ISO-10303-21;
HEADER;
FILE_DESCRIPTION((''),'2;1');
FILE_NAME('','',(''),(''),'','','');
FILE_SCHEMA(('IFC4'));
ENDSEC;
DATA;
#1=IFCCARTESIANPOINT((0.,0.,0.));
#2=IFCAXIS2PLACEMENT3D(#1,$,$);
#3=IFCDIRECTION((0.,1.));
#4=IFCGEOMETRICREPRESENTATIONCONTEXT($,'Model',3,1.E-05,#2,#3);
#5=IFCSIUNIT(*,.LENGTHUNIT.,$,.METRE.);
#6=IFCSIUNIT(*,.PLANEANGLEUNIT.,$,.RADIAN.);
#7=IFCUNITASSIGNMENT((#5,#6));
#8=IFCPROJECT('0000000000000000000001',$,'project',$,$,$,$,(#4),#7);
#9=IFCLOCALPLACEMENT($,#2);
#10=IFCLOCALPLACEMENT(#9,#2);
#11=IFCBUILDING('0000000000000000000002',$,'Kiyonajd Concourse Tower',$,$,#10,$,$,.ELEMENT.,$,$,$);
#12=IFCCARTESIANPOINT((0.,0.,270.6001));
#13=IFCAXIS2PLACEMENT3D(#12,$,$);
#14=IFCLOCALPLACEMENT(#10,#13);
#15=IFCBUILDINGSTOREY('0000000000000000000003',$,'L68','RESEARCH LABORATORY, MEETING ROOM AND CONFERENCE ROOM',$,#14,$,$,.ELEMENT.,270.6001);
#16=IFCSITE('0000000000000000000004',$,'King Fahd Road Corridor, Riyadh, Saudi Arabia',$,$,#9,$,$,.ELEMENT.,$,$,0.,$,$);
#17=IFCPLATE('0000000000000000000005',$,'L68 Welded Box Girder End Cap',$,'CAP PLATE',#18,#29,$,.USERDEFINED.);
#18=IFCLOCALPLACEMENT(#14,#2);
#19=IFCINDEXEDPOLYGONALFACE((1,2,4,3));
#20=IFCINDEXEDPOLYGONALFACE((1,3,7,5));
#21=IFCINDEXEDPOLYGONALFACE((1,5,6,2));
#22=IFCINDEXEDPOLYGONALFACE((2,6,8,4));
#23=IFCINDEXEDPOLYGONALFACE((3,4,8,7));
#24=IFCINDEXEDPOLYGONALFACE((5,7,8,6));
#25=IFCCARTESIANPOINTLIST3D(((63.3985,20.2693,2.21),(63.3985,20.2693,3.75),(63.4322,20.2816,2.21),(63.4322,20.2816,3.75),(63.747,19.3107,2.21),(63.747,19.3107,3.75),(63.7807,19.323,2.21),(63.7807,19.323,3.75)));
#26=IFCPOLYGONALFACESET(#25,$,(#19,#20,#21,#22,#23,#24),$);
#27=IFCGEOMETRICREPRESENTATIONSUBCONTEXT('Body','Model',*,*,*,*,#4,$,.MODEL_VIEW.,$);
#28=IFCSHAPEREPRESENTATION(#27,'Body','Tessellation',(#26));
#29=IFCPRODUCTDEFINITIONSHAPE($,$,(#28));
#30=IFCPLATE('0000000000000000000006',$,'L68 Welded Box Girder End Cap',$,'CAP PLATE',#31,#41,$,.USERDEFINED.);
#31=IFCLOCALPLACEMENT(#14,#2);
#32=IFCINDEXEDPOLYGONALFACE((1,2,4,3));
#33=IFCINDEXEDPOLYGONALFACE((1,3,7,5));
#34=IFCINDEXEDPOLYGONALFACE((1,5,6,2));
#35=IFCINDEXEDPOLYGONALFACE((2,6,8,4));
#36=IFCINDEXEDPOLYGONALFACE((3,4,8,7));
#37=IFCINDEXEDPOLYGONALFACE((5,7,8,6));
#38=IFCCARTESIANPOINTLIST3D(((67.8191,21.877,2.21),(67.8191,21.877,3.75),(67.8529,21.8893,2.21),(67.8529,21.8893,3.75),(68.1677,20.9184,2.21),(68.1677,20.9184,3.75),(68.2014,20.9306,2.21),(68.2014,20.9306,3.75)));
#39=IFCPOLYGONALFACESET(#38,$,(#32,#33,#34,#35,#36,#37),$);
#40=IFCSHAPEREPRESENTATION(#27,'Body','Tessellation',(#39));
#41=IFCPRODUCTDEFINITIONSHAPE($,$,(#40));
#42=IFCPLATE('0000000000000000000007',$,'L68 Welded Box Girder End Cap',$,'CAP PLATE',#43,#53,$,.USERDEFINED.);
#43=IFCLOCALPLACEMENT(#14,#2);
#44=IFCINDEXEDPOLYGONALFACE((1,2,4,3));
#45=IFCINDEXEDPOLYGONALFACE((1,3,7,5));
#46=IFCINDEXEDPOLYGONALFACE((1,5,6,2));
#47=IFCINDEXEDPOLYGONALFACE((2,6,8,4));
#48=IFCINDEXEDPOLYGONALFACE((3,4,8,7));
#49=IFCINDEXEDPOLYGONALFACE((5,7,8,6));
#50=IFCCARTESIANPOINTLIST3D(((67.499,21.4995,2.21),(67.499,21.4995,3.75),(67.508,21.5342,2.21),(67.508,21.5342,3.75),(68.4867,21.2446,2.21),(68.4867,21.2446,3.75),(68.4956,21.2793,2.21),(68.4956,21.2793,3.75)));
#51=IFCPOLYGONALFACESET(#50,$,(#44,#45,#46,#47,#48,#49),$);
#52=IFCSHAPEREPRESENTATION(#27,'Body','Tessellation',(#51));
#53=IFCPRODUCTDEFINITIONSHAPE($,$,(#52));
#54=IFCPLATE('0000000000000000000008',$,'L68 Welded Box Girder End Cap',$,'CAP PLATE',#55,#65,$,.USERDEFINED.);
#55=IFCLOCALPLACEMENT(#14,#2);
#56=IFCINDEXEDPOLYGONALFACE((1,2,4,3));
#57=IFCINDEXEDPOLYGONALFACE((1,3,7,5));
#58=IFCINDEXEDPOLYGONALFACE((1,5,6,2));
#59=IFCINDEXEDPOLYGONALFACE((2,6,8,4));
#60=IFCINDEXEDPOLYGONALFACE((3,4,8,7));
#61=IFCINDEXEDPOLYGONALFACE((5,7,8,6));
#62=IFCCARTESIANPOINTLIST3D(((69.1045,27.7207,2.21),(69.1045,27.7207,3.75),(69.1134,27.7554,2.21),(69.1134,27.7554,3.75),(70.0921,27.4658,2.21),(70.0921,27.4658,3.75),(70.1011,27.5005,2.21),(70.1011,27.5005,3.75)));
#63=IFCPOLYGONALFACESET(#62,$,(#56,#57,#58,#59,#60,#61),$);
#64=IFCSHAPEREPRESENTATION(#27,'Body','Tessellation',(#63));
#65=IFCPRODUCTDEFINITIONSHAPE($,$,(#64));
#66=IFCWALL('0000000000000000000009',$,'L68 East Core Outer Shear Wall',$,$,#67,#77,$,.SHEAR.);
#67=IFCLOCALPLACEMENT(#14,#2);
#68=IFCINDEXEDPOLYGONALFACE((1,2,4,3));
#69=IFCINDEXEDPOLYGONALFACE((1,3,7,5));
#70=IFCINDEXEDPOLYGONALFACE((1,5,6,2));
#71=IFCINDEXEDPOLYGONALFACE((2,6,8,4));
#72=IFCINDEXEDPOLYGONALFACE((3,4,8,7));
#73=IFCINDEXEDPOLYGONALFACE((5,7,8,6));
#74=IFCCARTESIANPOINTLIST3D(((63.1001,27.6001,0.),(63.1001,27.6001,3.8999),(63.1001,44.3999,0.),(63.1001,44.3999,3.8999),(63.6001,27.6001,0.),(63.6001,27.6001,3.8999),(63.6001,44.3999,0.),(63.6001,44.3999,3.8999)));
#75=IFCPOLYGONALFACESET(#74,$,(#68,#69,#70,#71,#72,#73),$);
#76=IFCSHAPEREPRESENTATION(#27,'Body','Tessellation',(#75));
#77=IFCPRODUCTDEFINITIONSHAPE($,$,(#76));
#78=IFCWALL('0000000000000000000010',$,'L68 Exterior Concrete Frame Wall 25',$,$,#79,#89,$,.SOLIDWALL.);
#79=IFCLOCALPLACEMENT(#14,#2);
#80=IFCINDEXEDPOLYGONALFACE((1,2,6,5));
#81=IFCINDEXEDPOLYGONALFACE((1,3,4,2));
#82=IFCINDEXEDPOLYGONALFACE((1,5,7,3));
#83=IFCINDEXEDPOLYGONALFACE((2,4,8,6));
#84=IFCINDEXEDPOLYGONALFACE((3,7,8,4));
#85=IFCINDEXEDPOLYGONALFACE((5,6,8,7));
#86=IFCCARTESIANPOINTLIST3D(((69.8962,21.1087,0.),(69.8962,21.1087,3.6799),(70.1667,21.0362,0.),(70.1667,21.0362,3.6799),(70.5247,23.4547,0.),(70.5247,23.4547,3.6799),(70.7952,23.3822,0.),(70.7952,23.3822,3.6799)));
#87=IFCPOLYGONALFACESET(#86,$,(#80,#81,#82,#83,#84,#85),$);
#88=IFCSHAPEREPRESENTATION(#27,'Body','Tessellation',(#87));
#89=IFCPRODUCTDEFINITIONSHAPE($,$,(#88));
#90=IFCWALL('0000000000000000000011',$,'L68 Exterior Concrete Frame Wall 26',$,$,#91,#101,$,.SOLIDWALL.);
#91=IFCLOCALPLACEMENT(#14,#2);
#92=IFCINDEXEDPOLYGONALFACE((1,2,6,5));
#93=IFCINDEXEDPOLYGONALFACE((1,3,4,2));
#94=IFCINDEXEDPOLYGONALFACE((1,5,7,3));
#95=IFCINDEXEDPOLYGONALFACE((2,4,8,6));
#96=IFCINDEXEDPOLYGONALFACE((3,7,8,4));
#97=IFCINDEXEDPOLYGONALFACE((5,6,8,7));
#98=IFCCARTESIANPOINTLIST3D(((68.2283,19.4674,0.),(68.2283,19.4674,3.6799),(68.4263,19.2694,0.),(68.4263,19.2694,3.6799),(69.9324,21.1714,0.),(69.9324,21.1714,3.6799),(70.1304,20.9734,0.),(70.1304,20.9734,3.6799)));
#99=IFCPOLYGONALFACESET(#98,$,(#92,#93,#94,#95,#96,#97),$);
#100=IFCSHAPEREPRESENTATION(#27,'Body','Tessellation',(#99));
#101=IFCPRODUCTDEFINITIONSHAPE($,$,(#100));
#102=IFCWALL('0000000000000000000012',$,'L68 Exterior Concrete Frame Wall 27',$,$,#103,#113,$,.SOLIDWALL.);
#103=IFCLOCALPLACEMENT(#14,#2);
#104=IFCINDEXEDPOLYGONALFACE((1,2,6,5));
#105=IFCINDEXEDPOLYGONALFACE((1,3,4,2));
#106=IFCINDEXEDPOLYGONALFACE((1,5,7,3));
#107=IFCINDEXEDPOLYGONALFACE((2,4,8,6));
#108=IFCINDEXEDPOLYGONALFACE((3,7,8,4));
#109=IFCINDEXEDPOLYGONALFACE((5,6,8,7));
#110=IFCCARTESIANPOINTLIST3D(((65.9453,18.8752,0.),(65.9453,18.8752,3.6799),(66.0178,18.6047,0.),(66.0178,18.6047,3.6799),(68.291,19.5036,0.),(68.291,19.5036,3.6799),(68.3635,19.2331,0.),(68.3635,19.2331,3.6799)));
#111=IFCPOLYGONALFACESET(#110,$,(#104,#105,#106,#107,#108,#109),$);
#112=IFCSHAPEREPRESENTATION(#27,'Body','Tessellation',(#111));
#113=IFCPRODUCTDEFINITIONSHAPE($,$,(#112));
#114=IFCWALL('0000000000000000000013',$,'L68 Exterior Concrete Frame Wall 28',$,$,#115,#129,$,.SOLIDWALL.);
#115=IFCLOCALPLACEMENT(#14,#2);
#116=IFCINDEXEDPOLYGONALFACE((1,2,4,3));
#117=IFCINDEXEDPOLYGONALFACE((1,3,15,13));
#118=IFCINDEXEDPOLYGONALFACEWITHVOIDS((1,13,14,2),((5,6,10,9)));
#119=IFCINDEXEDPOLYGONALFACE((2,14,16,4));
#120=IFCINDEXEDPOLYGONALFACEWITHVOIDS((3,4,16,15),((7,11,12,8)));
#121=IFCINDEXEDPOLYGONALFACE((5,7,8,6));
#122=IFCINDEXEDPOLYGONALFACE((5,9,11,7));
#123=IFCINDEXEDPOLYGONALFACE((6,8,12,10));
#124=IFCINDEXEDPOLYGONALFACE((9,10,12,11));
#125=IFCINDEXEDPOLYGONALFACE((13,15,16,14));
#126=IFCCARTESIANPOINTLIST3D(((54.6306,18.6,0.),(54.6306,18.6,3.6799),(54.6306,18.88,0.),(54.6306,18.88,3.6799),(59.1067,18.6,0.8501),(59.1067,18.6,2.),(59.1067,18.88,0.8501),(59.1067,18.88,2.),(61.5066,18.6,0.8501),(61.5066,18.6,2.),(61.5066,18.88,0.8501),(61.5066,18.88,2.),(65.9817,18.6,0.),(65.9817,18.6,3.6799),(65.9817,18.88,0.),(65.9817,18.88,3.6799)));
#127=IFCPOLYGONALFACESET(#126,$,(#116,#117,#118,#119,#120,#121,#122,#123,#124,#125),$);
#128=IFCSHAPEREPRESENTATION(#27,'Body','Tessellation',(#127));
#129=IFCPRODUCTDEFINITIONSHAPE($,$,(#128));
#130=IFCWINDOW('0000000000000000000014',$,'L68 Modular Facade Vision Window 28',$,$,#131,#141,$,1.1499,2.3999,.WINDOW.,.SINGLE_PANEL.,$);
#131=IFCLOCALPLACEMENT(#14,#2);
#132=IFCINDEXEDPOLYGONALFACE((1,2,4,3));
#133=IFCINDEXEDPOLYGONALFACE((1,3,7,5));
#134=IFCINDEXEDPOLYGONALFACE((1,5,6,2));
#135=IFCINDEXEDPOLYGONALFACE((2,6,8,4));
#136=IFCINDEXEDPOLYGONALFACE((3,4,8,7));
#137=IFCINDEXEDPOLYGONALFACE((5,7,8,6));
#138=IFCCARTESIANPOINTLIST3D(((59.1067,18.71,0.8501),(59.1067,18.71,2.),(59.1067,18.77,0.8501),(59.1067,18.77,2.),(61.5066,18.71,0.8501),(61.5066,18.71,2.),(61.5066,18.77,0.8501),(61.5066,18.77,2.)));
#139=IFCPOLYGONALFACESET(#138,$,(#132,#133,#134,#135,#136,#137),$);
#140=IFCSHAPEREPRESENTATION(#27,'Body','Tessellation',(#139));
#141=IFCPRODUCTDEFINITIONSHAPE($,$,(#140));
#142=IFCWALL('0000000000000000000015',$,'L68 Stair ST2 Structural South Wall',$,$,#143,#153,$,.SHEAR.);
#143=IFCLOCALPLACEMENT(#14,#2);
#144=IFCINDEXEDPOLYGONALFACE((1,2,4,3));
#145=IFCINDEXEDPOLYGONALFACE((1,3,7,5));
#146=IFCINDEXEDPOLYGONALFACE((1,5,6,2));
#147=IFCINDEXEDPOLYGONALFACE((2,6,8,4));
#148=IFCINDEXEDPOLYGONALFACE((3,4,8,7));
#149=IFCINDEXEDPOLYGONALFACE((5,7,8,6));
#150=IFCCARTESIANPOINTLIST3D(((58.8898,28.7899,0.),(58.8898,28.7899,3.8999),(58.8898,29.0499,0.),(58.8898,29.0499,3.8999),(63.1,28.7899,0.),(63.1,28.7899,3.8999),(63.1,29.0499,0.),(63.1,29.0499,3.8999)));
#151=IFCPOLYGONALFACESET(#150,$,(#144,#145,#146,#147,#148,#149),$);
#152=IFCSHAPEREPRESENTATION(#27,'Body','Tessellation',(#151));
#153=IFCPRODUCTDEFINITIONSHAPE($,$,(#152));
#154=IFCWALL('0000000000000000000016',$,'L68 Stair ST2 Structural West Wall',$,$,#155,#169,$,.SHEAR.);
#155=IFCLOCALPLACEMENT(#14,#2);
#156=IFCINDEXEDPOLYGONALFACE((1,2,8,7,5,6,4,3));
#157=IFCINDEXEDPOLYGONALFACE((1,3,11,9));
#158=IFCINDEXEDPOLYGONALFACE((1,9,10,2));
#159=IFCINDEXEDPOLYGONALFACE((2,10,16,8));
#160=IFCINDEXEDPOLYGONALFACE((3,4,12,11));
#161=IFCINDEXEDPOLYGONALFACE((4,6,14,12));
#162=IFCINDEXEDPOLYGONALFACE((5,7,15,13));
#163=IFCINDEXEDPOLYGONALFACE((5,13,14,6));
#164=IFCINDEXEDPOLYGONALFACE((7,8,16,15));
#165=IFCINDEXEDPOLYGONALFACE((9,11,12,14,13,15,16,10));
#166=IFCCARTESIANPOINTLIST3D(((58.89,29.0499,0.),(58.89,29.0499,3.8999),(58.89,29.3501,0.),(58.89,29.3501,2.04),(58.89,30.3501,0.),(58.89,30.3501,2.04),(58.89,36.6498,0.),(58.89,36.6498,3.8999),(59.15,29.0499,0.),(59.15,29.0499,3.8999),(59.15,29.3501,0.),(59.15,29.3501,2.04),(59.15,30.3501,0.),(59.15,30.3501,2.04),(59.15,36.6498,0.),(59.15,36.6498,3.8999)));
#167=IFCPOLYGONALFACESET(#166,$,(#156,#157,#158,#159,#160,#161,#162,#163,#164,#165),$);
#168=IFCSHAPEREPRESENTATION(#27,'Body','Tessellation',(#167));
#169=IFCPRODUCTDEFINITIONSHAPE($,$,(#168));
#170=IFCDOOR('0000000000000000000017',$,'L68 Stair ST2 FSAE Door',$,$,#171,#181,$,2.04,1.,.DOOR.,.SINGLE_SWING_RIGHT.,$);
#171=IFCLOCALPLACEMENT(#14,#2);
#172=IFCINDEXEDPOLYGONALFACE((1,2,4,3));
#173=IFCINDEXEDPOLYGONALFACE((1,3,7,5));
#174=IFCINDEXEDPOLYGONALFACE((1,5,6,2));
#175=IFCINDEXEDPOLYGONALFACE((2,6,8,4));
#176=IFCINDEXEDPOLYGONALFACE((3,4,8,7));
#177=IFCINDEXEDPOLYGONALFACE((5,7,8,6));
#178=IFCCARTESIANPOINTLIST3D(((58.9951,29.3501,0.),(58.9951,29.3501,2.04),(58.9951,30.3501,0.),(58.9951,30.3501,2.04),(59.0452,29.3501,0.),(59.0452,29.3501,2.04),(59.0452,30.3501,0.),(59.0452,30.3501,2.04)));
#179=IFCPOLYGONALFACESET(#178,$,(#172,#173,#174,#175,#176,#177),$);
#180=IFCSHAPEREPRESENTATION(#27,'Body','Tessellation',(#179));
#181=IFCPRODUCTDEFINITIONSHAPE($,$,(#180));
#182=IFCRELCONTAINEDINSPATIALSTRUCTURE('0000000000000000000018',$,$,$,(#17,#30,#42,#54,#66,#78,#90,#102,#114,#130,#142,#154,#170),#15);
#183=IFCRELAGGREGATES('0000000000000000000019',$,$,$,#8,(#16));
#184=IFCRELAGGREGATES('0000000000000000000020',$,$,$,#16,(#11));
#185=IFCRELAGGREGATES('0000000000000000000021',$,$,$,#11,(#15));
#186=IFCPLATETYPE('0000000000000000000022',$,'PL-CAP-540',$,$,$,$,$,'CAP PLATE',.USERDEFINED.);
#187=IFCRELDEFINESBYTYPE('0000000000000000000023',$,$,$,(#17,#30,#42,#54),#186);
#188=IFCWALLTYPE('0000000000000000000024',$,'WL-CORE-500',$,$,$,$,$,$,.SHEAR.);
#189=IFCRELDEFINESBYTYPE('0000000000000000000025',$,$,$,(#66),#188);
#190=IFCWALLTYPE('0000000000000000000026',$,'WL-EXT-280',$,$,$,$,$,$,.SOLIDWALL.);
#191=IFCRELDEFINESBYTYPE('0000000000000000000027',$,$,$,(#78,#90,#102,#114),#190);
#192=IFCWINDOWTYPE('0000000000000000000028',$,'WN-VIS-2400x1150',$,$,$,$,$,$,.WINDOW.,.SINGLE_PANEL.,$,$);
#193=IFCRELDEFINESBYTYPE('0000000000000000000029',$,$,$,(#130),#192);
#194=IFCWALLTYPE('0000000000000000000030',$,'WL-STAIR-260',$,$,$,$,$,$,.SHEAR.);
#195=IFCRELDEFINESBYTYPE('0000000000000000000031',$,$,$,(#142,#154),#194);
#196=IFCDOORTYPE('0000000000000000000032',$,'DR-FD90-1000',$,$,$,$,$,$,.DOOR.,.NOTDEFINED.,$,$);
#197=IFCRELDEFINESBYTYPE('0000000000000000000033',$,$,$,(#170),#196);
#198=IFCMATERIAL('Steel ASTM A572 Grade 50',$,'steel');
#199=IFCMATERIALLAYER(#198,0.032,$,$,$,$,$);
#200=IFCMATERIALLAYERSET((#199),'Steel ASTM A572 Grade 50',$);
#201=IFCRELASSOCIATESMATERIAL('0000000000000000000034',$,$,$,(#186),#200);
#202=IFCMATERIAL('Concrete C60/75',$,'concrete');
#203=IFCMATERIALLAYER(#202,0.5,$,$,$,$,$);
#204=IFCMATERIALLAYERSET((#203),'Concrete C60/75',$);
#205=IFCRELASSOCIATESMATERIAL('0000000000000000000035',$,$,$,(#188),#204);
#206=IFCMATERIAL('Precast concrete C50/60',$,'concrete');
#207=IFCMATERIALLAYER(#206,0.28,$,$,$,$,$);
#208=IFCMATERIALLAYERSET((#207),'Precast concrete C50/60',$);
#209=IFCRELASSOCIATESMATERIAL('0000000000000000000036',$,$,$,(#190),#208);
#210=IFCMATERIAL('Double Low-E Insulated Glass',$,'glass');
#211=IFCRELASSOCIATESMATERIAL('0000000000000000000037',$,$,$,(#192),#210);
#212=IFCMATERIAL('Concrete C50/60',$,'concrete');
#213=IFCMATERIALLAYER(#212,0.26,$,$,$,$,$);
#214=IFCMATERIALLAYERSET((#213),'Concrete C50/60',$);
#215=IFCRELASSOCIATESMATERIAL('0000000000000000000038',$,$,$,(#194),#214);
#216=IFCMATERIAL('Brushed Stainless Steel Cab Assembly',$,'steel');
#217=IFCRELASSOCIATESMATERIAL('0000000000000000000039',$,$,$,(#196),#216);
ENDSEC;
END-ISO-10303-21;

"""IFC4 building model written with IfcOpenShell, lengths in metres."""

from ifc_helpers import new_model, si_unit, direction, frame, frame_2d, origin, origin_2d, place, context, subcontext, project, spatial, rectangle, extrude, material, layer, layer_set, type_object, element, fill, save


model = new_model("IFC4")

# Units and contexts
model_context = context("Model", 3, precision=1e-05, world=origin(), true_north=direction((0.0, 1.0)))
body_context = subcontext(model_context, "Body", "Model", "MODEL_VIEW")
ifc_project = project(units=[si_unit("LENGTHUNIT", "METRE"), si_unit("PLANEANGLEUNIT", "RADIAN")], contexts=[model_context])

# Site, building, storey
site_placement = place(None, origin())
site = spatial("IfcSite", under=ifc_project, at=site_placement, Name="King Fahd Road Corridor, Riyadh, Saudi Arabia", CompositionType="ELEMENT", RefElevation=0.0)
building_placement = place(site_placement, origin())
building = spatial("IfcBuilding", under=site, at=building_placement, Name="Kiyonajd Concourse Tower", CompositionType="ELEMENT")
storey_placement = place(building_placement, frame((0.0, 0.0, 270.6001)))
storey = spatial("IfcBuildingStorey", under=building, at=storey_placement, Name="L68", Description="RESEARCH LABORATORY, MEETING ROOM AND CONFERENCE ROOM", CompositionType="ELEMENT", Elevation=270.6001)

# Shared definitions
ifc_material_1 = material(Name="Concrete C60/75", Category="concrete")

# Shared definitions
ifc_material_2 = material(Name="Steel ASTM A572 Grade 50", Category="steel")

# Plates
ifc_layer_1 = layer(ifc_material_2, 0.032)
ifc_layer_set_1 = layer_set([ifc_layer_1], Name="Steel ASTM A572 Grade 50")
plate_type = type_object("IfcPlateType", Name="PL-CAP-540", ElementType="CAP PLATE", PredefinedType="USERDEFINED", material=ifc_layer_set_1)
for number, where, z_axis, x_axis, name in (
    (1, (63.5896, 19.7961, 2.21), (0.0, 0.0, 1.0), (-0.939812, -0.341692, 0.0), "L68 Welded Box Girder End Cap"),
    (2, (68.0103, 21.4038, 2.21), (0.0, 0.0, 1.0), (0.939812, 0.341692, 0.0), "L68 Welded Box Girder End Cap"),
    (3, (67.9973, 21.3894, 2.21), (0.0, 0.0, 1.0), (-0.249873, -0.968279, 0.0), "L68 Welded Box Girder End Cap"),
    (4, (69.6028, 27.6106, 2.21), (0.0, 0.0, 1.0), (0.249873, 0.968279, 0.0), "L68 Welded Box Girder End Cap"),
):
    element("IfcPlate", number, at=place(storey_placement, frame(where, z_axis=z_axis, x_axis=x_axis)), inside=storey, type_object=plate_type, Name=name, ObjectType="CAP PLATE", PredefinedType="USERDEFINED", context=body_context, shape_type="SweptSolid", body=[
        extrude(rectangle(XDim=0.0359, YDim=1.02, at=origin_2d()), origin(), (0.0, 0.0, 1.0), 1.54),
    ])

# Walls
ifc_layer_2 = layer(ifc_material_1, 0.5)
ifc_layer_set_2 = layer_set([ifc_layer_2], Name="Concrete C60/75")
wall_type_1 = type_object("IfcWallType", Name="WL-CORE-500", PredefinedType="SHEAR", material=ifc_layer_set_2)
wall_1_placement = place(storey_placement, frame((63.3501, 27.6001, 0.0), z_axis=(0.0, 0.0, 1.0), x_axis=(0.0, 1.0, 0.0)))
element("IfcWall", 5, at=wall_1_placement, inside=storey, type_object=wall_type_1, Name="L68 East Core Outer Shear Wall", PredefinedType="SHEAR", context=body_context, shape_type="SweptSolid", body=[
    extrude(rectangle(XDim=16.7998, YDim=0.5, at=frame_2d((8.3999, 0.0))), origin(), (0.0, 0.0, 1.0), 3.8999),
])
ifc_material_3 = material(Name="Precast concrete C50/60", Category="concrete")
ifc_layer_3 = layer(ifc_material_3, 0.28)
ifc_layer_set_3 = layer_set([ifc_layer_3], Name="Precast concrete C50/60")
wall_type_2 = type_object("IfcWallType", Name="WL-EXT-280", PredefinedType="SOLIDWALL", material=ifc_layer_set_3)
wall_2_placement = place(storey_placement, frame((70.6599, 23.4185, 0.0), z_axis=(0.0, 0.0, 1.0), x_axis=(-0.258751, -0.965944, 0.0)))
element("IfcWall", 6, at=wall_2_placement, inside=storey, type_object=wall_type_2, Name="L68 Exterior Concrete Frame Wall 25", PredefinedType="SOLIDWALL", context=body_context, shape_type="SweptSolid", body=[
    extrude(rectangle(XDim=2.4287, YDim=0.28, at=frame_2d((1.2144, 0.0))), origin(), (0.0, 0.0, 1.0), 3.6799),
])
wall_3_placement = place(storey_placement, frame((70.0315, 21.0725, 0.0), z_axis=(0.0, 0.0, 1.0), x_axis=(-0.707107, -0.707107, 0.0)))
element("IfcWall", 7, at=wall_3_placement, inside=storey, type_object=wall_type_2, Name="L68 Exterior Concrete Frame Wall 26", PredefinedType="SOLIDWALL", context=body_context, shape_type="SweptSolid", body=[
    extrude(rectangle(XDim=2.4099, YDim=0.28, at=frame_2d((1.2051, 0.0))), origin(), (0.0, 0.0, 1.0), 3.6799),
])
wall_4_placement = place(storey_placement, frame((68.3274, 19.3684, 0.0), z_axis=(0.0, 0.0, 1.0), x_axis=(-0.965937, -0.258776, 0.0)))
element("IfcWall", 8, at=wall_4_placement, inside=storey, type_object=wall_type_2, Name="L68 Exterior Concrete Frame Wall 27", PredefinedType="SOLIDWALL", context=body_context, shape_type="SweptSolid", body=[
    extrude(rectangle(XDim=2.4285, YDim=0.28, at=frame_2d((1.2144, 0.0))), origin(), (0.0, 0.0, 1.0), 3.6799),
])

# Wall, opening, window
wall_5_placement = place(storey_placement, frame((65.9817, 18.74, 0.0), z_axis=(0.0, 0.0, 1.0), x_axis=(-1.0, 0.0, 0.0)))
wall_5 = element("IfcWall", 9, at=wall_5_placement, inside=storey, type_object=wall_type_2, Name="L68 Exterior Concrete Frame Wall 28", PredefinedType="SOLIDWALL", context=body_context, shape_type="SweptSolid", body=[
    extrude(rectangle(XDim=11.3511, YDim=0.28, at=frame_2d((5.6755, 0.0))), origin(), (0.0, 0.0, 1.0), 3.6799),
])
opening_1_placement = place(wall_5_placement, frame((4.4751, 0.0, 0.8501)))
opening_1 = element("IfcOpeningElement", 10, at=opening_1_placement, cuts=wall_5, PredefinedType="OPENING", context=body_context, shape_type="SweptSolid", body=[
    extrude(rectangle(XDim=2.3999, YDim=1.1499, at=frame_2d((1.2, 0.575))), frame((0.0, 0.1499, 0.0), z_axis=(0.0, -1.0, 0.0), x_axis=(1.0, 0.0, 0.0)), (0.0, 0.0, 1.0), 0.3),
])
ifc_material_4 = material(Name="Double Low-E Insulated Glass", Category="glass")
window_type = type_object("IfcWindowType", Name="WN-VIS-2400x1150", PartitioningType="SINGLE_PANEL", PredefinedType="WINDOW", material=ifc_material_4)
window_placement = place(opening_1_placement, origin())
window = element("IfcWindow", 11, at=window_placement, inside=storey, type_object=window_type, Name="L68 Modular Facade Vision Window 28", OverallHeight=1.1499, OverallWidth=2.3999, PartitioningType="SINGLE_PANEL", PredefinedType="WINDOW", context=body_context, shape_type="SweptSolid", body=[
    extrude(rectangle(XDim=2.3999, YDim=1.1499, at=frame_2d((1.2, 0.575))), frame((0.0, 0.03, 0.0), z_axis=(0.0, -1.0, 0.0), x_axis=(1.0, 0.0, 0.0)), (0.0, 0.0, 1.0), 0.0601),
])
fill(opening_1, window)

# Wall
ifc_material_5 = material(Name="Concrete C50/60", Category="concrete")
ifc_layer_4 = layer(ifc_material_5, 0.26)
ifc_layer_set_4 = layer_set([ifc_layer_4], Name="Concrete C50/60")
wall_type_3 = type_object("IfcWallType", Name="WL-STAIR-260", PredefinedType="SHEAR", material=ifc_layer_set_4)
wall_6_placement = place(storey_placement, frame((58.8899, 28.9199, 0.0), z_axis=(0.0, 0.0, 1.0), x_axis=(1.0, 0.0, 0.0)))
element("IfcWall", 12, at=wall_6_placement, inside=storey, type_object=wall_type_3, Name="L68 Stair ST2 Structural South Wall", PredefinedType="SHEAR", context=body_context, shape_type="SweptSolid", body=[
    extrude(rectangle(XDim=4.2102, YDim=0.26, at=frame_2d((2.105, 0.0))), origin(), (0.0, 0.0, 1.0), 3.8999),
])

# Wall, opening, door
wall_7_placement = place(storey_placement, frame((59.02, 29.05, 0.0), z_axis=(0.0, 0.0, 1.0), x_axis=(0.0, 1.0, 0.0)))
wall_7 = element("IfcWall", 13, at=wall_7_placement, inside=storey, type_object=wall_type_3, Name="L68 Stair ST2 Structural West Wall", PredefinedType="SHEAR", context=body_context, shape_type="SweptSolid", body=[
    extrude(rectangle(XDim=7.5999, YDim=0.26, at=frame_2d((3.7998, 0.0))), origin(), (0.0, 0.0, 1.0), 3.8999),
])
opening_2_placement = place(wall_7_placement, frame((0.3, 0.0, 0.0)))
opening_2 = element("IfcOpeningElement", 14, at=opening_2_placement, cuts=wall_7, PredefinedType="OPENING", context=body_context, shape_type="SweptSolid", body=[
    extrude(rectangle(XDim=1.0, YDim=2.04, at=frame_2d((0.5, 1.02))), frame((0.0, 0.1399, 0.0), z_axis=(0.0, -1.0, 0.0), x_axis=(1.0, 0.0, 0.0)), (0.0, 0.0, 1.0), 0.28),
])
ifc_material_6 = material(Name="Brushed Stainless Steel Cab Assembly", Category="steel")
door_type = type_object("IfcDoorType", Name="DR-FD90-1000", OperationType="NOTDEFINED", PredefinedType="DOOR", material=ifc_material_6)
door_placement = place(opening_2_placement, origin())
door = element("IfcDoor", 15, at=door_placement, inside=storey, type_object=door_type, Name="L68 Stair ST2 FSAE Door", OperationType="SINGLE_SWING_RIGHT", OverallHeight=2.04, OverallWidth=1.0, PredefinedType="DOOR", context=body_context, shape_type="SweptSolid", body=[
    extrude(rectangle(XDim=1.0, YDim=2.04, at=frame_2d((0.5, 1.02))), frame((0.0, 0.0249, 0.0), z_axis=(0.0, -1.0, 0.0), x_axis=(1.0, 0.0, 0.0)), (0.0, 0.0, 1.0), 0.05),
])
fill(opening_2, door)

save(model, "model.ifc")
